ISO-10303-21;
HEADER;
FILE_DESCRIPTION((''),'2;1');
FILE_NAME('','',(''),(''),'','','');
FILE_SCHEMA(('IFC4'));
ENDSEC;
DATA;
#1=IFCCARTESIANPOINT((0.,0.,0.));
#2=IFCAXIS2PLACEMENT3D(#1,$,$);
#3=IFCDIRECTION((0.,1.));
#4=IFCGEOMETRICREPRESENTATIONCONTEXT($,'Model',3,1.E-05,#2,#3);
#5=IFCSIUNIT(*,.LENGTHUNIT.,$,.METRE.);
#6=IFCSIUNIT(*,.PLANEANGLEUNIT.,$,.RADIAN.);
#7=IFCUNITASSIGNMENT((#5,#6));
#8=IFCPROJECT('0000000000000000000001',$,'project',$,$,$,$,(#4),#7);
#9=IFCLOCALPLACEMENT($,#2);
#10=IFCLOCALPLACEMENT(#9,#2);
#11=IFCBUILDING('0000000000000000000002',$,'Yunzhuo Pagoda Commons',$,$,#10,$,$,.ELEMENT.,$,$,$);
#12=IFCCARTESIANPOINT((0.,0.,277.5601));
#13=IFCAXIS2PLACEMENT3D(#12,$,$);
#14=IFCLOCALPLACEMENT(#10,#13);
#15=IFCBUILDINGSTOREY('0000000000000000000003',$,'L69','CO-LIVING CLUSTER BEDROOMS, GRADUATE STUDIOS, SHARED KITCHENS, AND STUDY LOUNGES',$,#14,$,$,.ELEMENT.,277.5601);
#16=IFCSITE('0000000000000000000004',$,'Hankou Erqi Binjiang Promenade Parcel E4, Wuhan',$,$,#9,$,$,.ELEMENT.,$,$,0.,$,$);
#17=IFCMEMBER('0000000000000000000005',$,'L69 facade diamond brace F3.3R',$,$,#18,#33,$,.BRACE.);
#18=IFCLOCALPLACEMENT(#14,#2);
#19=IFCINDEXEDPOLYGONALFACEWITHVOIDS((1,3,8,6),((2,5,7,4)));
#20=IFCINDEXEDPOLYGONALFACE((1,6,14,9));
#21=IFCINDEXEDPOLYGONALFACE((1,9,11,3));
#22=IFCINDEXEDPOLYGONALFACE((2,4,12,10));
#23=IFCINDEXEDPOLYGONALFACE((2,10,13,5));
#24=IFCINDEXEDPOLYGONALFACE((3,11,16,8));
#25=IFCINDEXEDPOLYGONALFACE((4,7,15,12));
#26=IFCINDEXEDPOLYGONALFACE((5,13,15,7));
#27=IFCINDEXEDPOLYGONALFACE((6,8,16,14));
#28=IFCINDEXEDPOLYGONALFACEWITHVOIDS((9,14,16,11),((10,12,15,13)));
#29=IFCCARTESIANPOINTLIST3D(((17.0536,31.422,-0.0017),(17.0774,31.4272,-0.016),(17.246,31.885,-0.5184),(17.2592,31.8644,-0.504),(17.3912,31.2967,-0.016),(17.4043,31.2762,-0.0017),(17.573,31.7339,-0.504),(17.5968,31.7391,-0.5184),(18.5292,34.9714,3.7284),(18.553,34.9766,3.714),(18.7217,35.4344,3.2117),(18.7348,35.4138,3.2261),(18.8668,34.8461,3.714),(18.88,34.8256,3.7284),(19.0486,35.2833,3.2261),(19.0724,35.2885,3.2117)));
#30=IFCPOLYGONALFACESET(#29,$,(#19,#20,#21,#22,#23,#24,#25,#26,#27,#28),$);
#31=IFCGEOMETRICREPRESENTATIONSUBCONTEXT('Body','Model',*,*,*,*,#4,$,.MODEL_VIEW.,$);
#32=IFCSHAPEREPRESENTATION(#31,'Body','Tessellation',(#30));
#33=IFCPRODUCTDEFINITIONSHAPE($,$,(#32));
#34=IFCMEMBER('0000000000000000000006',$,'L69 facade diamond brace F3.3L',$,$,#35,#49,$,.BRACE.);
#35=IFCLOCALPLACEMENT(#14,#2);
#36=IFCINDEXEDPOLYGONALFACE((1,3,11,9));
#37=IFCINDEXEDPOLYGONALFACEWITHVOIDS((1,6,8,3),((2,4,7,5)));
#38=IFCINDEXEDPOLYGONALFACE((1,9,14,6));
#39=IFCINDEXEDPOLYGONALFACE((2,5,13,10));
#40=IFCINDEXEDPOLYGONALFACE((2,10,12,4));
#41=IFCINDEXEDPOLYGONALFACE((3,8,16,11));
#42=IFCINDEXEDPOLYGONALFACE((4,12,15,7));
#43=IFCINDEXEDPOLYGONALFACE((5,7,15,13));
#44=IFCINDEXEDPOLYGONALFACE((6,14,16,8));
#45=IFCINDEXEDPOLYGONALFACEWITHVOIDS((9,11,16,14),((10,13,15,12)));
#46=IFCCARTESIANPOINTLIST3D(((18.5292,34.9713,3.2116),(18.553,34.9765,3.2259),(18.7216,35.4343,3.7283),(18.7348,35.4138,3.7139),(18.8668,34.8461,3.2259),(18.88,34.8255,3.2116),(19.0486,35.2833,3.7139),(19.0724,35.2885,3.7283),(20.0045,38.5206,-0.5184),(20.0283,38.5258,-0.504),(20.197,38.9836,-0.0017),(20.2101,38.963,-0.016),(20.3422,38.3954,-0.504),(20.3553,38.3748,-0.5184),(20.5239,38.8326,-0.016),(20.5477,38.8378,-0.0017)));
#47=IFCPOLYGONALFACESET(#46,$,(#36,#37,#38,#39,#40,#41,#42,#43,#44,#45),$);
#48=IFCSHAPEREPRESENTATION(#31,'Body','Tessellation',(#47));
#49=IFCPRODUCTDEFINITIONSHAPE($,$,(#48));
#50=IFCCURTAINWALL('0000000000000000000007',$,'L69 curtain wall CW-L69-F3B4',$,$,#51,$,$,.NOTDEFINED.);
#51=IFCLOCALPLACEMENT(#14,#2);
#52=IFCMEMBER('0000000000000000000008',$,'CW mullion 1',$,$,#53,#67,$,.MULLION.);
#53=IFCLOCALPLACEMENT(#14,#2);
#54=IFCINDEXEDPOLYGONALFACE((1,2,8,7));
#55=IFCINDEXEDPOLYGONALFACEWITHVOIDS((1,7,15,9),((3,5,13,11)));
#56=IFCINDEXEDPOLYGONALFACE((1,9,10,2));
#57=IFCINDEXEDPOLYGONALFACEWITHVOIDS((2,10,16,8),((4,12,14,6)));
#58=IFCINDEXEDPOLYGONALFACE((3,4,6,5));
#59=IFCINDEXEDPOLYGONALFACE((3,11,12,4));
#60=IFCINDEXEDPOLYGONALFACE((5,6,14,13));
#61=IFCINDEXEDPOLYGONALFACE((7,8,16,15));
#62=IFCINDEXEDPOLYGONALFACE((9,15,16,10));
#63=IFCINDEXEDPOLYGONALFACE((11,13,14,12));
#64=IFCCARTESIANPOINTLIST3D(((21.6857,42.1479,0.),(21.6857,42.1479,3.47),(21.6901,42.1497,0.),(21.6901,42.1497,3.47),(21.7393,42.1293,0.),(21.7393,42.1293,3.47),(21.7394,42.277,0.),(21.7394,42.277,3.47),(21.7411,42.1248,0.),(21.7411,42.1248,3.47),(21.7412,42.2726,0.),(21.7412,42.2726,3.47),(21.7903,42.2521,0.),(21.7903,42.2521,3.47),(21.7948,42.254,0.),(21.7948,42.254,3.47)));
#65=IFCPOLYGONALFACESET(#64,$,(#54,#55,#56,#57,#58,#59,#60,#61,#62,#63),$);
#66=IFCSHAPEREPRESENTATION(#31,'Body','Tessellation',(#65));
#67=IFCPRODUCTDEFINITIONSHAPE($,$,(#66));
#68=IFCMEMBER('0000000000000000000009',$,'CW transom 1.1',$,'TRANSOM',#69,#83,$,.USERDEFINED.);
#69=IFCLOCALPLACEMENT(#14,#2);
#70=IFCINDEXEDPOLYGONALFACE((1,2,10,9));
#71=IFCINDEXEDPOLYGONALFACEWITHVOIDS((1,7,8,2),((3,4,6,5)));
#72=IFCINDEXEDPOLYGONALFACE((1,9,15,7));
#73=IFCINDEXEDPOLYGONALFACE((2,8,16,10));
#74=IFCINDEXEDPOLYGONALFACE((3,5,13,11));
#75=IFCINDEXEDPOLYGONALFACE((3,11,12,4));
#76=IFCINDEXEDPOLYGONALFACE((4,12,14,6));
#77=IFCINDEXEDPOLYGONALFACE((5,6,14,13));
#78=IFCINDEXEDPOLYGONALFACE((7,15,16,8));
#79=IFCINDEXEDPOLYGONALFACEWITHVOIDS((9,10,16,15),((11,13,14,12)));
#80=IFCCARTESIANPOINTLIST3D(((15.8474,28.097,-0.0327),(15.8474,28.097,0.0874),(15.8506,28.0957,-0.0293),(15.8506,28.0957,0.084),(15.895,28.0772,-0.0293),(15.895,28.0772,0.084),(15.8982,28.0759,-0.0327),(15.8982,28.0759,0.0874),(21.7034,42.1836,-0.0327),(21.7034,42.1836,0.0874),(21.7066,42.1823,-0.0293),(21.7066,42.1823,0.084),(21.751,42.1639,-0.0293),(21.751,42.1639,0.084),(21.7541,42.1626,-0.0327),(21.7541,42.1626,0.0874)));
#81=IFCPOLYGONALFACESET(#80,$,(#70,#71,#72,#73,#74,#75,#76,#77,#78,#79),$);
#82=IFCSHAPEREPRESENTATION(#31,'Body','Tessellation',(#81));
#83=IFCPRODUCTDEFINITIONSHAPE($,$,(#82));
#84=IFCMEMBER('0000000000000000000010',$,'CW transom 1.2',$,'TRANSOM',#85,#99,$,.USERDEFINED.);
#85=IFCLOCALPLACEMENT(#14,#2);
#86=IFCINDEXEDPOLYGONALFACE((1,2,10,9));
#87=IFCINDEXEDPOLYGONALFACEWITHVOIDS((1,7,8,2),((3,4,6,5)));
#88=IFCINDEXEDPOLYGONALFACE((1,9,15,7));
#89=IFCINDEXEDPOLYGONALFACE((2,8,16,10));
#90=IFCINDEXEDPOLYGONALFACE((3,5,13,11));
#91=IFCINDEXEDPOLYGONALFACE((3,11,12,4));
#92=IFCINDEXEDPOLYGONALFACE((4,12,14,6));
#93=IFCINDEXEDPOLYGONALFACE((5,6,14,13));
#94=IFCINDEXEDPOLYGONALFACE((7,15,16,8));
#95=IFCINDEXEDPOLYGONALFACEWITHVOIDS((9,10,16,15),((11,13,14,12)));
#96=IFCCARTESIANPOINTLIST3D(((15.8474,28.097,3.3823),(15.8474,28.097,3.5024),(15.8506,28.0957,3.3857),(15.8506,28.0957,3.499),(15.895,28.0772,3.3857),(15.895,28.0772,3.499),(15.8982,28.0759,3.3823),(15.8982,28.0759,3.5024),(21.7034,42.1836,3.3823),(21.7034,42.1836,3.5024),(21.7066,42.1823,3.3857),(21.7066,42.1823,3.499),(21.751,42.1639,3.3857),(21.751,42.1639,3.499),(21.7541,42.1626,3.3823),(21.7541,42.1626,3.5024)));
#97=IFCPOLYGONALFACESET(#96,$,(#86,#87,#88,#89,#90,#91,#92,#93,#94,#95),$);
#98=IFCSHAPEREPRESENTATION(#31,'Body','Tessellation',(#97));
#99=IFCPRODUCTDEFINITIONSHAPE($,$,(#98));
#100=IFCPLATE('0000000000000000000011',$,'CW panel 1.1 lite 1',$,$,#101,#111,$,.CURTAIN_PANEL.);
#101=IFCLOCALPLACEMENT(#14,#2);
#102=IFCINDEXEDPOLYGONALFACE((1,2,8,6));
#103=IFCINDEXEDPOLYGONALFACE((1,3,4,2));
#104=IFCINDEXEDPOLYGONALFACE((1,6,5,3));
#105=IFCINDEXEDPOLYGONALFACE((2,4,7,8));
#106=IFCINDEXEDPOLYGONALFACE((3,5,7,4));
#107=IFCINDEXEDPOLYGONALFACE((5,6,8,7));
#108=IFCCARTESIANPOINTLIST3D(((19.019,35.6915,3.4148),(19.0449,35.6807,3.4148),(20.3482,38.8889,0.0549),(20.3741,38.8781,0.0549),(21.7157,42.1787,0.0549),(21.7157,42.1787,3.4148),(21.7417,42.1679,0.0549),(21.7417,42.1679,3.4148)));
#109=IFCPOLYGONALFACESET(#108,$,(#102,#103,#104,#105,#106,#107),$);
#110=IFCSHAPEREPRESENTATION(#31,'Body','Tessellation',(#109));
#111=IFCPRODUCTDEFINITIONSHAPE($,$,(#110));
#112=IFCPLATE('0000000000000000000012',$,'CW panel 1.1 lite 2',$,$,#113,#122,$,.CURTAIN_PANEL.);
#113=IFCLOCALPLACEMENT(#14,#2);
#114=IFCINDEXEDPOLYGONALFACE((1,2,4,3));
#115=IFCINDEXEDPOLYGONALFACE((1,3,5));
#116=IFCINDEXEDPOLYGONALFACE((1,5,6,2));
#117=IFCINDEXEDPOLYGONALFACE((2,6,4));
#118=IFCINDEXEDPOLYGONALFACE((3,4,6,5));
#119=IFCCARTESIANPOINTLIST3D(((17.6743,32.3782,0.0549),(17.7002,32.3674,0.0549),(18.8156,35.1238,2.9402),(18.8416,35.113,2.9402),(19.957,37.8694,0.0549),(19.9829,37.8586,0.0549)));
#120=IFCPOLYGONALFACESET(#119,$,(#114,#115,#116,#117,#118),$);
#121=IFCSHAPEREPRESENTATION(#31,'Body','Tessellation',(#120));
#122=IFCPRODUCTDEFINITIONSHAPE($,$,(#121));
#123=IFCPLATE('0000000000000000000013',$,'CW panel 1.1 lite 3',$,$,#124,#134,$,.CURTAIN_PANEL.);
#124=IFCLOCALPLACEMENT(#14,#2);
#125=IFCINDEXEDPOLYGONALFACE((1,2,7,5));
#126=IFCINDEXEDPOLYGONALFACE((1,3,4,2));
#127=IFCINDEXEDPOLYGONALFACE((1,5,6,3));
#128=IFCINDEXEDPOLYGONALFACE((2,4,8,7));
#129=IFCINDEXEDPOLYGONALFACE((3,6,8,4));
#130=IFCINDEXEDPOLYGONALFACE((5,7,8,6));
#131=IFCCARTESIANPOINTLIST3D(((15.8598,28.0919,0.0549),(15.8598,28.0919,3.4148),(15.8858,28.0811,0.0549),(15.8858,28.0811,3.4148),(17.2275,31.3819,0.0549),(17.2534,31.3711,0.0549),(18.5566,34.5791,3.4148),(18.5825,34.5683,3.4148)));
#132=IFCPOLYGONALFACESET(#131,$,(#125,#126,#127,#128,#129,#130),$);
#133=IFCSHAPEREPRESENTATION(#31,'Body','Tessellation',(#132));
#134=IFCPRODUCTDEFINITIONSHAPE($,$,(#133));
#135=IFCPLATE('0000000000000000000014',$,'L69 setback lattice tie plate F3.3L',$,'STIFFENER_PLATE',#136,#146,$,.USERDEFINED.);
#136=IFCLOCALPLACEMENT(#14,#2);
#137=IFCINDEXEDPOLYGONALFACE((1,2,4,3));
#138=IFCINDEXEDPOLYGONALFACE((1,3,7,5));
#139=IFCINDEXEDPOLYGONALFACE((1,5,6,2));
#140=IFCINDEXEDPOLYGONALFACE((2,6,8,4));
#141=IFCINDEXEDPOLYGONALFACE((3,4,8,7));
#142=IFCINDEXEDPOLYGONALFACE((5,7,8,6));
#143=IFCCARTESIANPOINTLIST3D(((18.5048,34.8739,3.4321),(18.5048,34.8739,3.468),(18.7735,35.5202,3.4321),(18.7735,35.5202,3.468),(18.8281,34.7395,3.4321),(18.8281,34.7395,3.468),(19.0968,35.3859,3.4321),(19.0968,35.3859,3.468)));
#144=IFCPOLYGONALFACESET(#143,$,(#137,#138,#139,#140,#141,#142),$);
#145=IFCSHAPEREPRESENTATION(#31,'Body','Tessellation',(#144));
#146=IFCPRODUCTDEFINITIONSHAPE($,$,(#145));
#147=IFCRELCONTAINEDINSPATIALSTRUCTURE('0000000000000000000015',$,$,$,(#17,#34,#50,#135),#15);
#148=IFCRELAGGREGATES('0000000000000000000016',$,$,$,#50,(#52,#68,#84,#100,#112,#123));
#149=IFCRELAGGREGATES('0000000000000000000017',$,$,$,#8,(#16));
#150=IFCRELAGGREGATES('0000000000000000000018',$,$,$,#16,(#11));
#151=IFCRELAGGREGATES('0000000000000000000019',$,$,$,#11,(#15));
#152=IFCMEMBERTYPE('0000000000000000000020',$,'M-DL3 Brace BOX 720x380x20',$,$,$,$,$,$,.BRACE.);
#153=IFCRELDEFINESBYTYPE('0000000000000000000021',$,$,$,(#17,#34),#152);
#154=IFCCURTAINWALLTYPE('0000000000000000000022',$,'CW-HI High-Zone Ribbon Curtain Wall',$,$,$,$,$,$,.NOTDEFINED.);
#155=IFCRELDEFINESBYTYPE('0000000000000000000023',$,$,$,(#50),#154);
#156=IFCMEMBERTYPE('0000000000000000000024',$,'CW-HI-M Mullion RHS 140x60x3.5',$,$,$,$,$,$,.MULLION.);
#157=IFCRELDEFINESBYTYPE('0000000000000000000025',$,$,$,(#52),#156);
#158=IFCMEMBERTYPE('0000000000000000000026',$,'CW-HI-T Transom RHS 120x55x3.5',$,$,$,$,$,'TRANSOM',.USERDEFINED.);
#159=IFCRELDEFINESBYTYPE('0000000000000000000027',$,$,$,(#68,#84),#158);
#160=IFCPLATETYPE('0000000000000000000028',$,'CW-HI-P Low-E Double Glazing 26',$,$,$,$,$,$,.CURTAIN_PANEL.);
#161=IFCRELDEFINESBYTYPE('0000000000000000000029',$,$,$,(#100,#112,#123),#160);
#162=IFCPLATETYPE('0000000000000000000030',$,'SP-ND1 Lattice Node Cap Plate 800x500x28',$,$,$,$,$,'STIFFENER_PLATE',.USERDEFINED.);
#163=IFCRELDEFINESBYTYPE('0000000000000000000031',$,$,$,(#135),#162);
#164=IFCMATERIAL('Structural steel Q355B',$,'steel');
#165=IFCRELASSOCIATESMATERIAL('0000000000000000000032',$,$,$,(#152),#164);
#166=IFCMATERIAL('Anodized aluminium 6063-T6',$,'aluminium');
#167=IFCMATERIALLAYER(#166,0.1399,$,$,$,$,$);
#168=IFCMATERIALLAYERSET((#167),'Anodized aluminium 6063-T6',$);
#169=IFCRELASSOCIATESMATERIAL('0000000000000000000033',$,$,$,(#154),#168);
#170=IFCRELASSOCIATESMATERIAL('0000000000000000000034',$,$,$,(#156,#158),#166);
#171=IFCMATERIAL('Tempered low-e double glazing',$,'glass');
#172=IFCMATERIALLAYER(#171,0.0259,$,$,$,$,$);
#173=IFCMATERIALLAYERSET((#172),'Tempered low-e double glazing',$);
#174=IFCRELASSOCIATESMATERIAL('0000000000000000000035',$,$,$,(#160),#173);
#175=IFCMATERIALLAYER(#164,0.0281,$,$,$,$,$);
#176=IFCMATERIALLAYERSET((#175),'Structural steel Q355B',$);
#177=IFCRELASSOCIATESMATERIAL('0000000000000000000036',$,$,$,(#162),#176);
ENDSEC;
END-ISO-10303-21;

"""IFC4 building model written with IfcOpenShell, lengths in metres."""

from ifc_helpers import new_model, si_unit, direction, frame, origin, origin_2d, place, context, subcontext, project, spatial, polyline, rectangle, hollow_rectangle, outline, extrude, source, transform, mapped, material, layer, layer_set, material_profile, profile_set, type_object, element, aggregate, save


model = new_model("IFC4")

# Units and contexts
model_context = context("Model", 3, precision=1e-05, world=origin(), true_north=direction((0.0, 1.0)))
body_context = subcontext(model_context, "Body", "Model", "MODEL_VIEW")
ifc_project = project(units=[si_unit("LENGTHUNIT", "METRE"), si_unit("PLANEANGLEUNIT", "RADIAN")], contexts=[model_context])

# Site, building, storey
site_placement = place(None, origin())
site = spatial("IfcSite", under=ifc_project, at=site_placement, Name="Hankou Erqi Binjiang Promenade Parcel E4, Wuhan", CompositionType="ELEMENT", RefElevation=0.0)
building_placement = place(site_placement, origin())
building = spatial("IfcBuilding", under=site, at=building_placement, Name="Yunzhuo Pagoda Commons", CompositionType="ELEMENT")
storey_placement = place(building_placement, frame((0.0, 0.0, 277.5601)))
storey = spatial("IfcBuildingStorey", under=building, at=storey_placement, Name="L69", Description="CO-LIVING CLUSTER BEDROOMS, GRADUATE STUDIOS, SHARED KITCHENS, AND STUDY LOUNGES", CompositionType="ELEMENT", Elevation=277.5601)

# Shared definitions
ifc_material_1 = material(Name="Structural steel Q355B", Category="steel")

# Members
ifc_material_profile_1 = material_profile(ifc_material_1, hollow_rectangle(XDim=0.3799, YDim=0.72, WallThickness=0.02, at=origin_2d()), Name="Structural steel Q355B")
ifc_profile_set_1 = profile_set([ifc_material_profile_1], Name="Structural steel Q355B")
member_type_1 = type_object("IfcMemberType", Name="M-DL3 Brace BOX 720x380x20", PredefinedType="BRACE", material=ifc_profile_set_1)
shared_shape_1 = source(origin(), body_context, "Body", "SweptSolid", [
    extrude(hollow_rectangle(XDim=0.3799, YDim=0.72, WallThickness=0.02, at=origin_2d()), origin(), (0.0, 0.0, 1.0), 5.3562),
])
member_1_placement = place(storey_placement, frame((17.3252, 31.5806, -0.26), z_axis=(0.275497, 0.662669, 0.696399), x_axis=(-0.923381, 0.383885, 0.0)))
element("IfcMember", 1, at=member_1_placement, inside=storey, type_object=member_type_1, Name="L69 facade diamond brace F3.3R", PredefinedType="BRACE", context=body_context, shape_type="MappedRepresentation", body=[
    mapped(shared_shape_1, transform((0.0, 0.0, 0.0), scale=1.0)),
])
shared_shape_2 = source(origin(), body_context, "Body", "SweptSolid", [
    extrude(hollow_rectangle(XDim=0.3799, YDim=0.72, WallThickness=0.02, at=origin_2d()), origin(), (0.0, 0.0, 1.0), 5.356),
])
member_2_placement = place(storey_placement, frame((20.2761, 38.6792, -0.26), z_axis=(-0.275454, -0.662677, 0.696408), x_axis=(0.923404, -0.38383, 0.0)))
element("IfcMember", 2, at=member_2_placement, inside=storey, type_object=member_type_1, Name="L69 facade diamond brace F3.3L", PredefinedType="BRACE", context=body_context, shape_type="MappedRepresentation", body=[
    mapped(shared_shape_2, transform((0.0, 0.0, 0.0), scale=1.0)),
])

# Curtain wall, members, plates
ifc_material_2 = material(Name="Anodized aluminium 6063-T6", Category="aluminium")
ifc_layer_1 = layer(ifc_material_2, 0.1399)
ifc_layer_set_1 = layer_set([ifc_layer_1], Name="Anodized aluminium 6063-T6")
curtain_wall_type = type_object("IfcCurtainWallType", Name="CW-HI High-Zone Ribbon Curtain Wall", PredefinedType="NOTDEFINED", material=ifc_layer_set_1)
curtain_wall_placement = place(storey_placement, origin())
curtain_wall = element("IfcCurtainWall", 3, at=curtain_wall_placement, inside=storey, type_object=curtain_wall_type, Name="L69 curtain wall CW-L69-F3B4", PredefinedType="NOTDEFINED")
ifc_material_profile_2 = material_profile(ifc_material_2, hollow_rectangle(XDim=0.0601, YDim=0.1399, WallThickness=0.0034, at=origin_2d()), Name="Anodized aluminium 6063-T6")
ifc_profile_set_2 = profile_set([ifc_material_profile_2], Name="Anodized aluminium 6063-T6")
member_type_2 = type_object("IfcMemberType", Name="CW-HI-M Mullion RHS 140x60x3.5", PredefinedType="MULLION", material=ifc_profile_set_2)
shared_shape_3 = source(origin(), body_context, "Body", "SweptSolid", [
    extrude(hollow_rectangle(XDim=0.0601, YDim=0.1399, WallThickness=0.0034, at=origin_2d()), origin(), (0.0, 0.0, 1.0), 3.47),
])
member_3_placement = place(storey_placement, frame((21.7402, 42.2009, 0.0), z_axis=(0.0, 0.0, 1.0), x_axis=(0.923394, -0.383855, 0.0)))
member_3 = element("IfcMember", 4, at=member_3_placement, type_object=member_type_2, Name="CW mullion 1", PredefinedType="MULLION", context=body_context, shape_type="MappedRepresentation", body=[
    mapped(shared_shape_3, transform((0.0, 0.0, 0.0), scale=1.0)),
])
ifc_material_profile_3 = material_profile(ifc_material_2, hollow_rectangle(XDim=0.0549, YDim=0.1201, WallThickness=0.0034, at=origin_2d()), Name="Anodized aluminium 6063-T6")
ifc_profile_set_3 = profile_set([ifc_material_profile_3], Name="Anodized aluminium 6063-T6")
member_type_3 = type_object("IfcMemberType", Name="CW-HI-T Transom RHS 120x55x3.5", ElementType="TRANSOM", PredefinedType="USERDEFINED", material=ifc_profile_set_3)
shared_shape_4 = source(origin(), body_context, "Body", "SweptSolid", [
    extrude(hollow_rectangle(XDim=0.0549, YDim=0.1201, WallThickness=0.0034, at=origin_2d()), origin(), (0.0, 0.0, 1.0), 15.2554),
])
member_4_placement = place(storey_placement, frame((21.7288, 42.1731, 0.0273), z_axis=(-0.383862, -0.923391, 0.0), x_axis=(0.923391, -0.383862, 0.0)))
member_4 = element("IfcMember", 5, at=member_4_placement, type_object=member_type_3, Name="CW transom 1.1", ObjectType="TRANSOM", PredefinedType="USERDEFINED", context=body_context, shape_type="MappedRepresentation", body=[
    mapped(shared_shape_4, transform((0.0, 0.0, 0.0), scale=1.0)),
])
member_5_placement = place(storey_placement, frame((21.7288, 42.1731, 3.4424), z_axis=(-0.383862, -0.923391, 0.0), x_axis=(0.923391, -0.383862, 0.0)))
member_5 = element("IfcMember", 6, at=member_5_placement, type_object=member_type_3, Name="CW transom 1.2", ObjectType="TRANSOM", PredefinedType="USERDEFINED", context=body_context, shape_type="MappedRepresentation", body=[
    mapped(shared_shape_4, transform((0.0, 0.0, 0.0), scale=1.0)),
])
ifc_material_3 = material(Name="Tempered low-e double glazing", Category="glass")
ifc_layer_2 = layer(ifc_material_3, 0.0259)
ifc_layer_set_2 = layer_set([ifc_layer_2], Name="Tempered low-e double glazing")
plate_type_1 = type_object("IfcPlateType", Name="CW-HI-P Low-E Double Glazing 26", PredefinedType="CURTAIN_PANEL", material=ifc_layer_set_2)
plate_1_placement = place(storey_placement, frame((20.3933, 38.9243, 1.7349), z_axis=(-0.923394, 0.383855, 0.0), x_axis=(-0.383855, -0.923394, 0.0)))
plate_1 = element("IfcPlate", 7, at=plate_1_placement, type_object=plate_type_1, Name="CW panel 1.1 lite 1", PredefinedType="CURTAIN_PANEL", context=body_context, shape_type="SweptSolid", body=[
    extrude(outline(polyline([(-3.5127, -1.6799), (0.05, -1.6799), (3.5127, 1.6799), (-3.5127, 1.6799), (-3.5127, -1.6799)])), origin(), (0.0, 0.0, 1.0), 0.0281),
])
plate_2_placement = place(storey_placement, frame((18.8416, 35.113, 1.4976), z_axis=(-0.923394, 0.383855, 0.0), x_axis=(-0.383855, -0.923394, 0.0)))
plate_2 = element("IfcPlate", 8, at=plate_2_placement, type_object=plate_type_1, Name="CW panel 1.1 lite 2", PredefinedType="CURTAIN_PANEL", context=body_context, shape_type="SweptSolid", body=[
    extrude(outline(polyline([(-2.9734, -1.4426), (2.9734, -1.4426), (0.0, 1.4426), (-2.9734, -1.4426)])), origin(), (0.0, 0.0, 1.0), 0.0281),
])
plate_3_placement = place(storey_placement, frame((17.2341, 31.3247, 1.7349), z_axis=(-0.923394, 0.383855, 0.0), x_axis=(-0.383855, -0.923394, 0.0)))
plate_3 = element("IfcPlate", 9, at=plate_3_placement, type_object=plate_type_1, Name="CW panel 1.1 lite 3", PredefinedType="CURTAIN_PANEL", context=body_context, shape_type="SweptSolid", body=[
    extrude(outline(polyline([(-3.5127, 1.6799), (-0.0503, -1.6799), (3.5127, -1.6799), (3.5127, 1.6799), (-3.5127, 1.6799)])), origin(), (0.0, 0.0, 1.0), 0.0281),
])
aggregate(curtain_wall, [member_3, member_4, member_5, plate_1, plate_2, plate_3])

# Plate
ifc_layer_3 = layer(ifc_material_1, 0.0281)
ifc_layer_set_3 = layer_set([ifc_layer_3], Name="Structural steel Q355B")
plate_type_2 = type_object("IfcPlateType", Name="SP-ND1 Lattice Node Cap Plate 800x500x28", ElementType="STIFFENER_PLATE", PredefinedType="USERDEFINED", material=ifc_layer_set_3)
shared_shape_5 = source(origin(), body_context, "Body", "SweptSolid", [
    extrude(rectangle(XDim=0.7, YDim=0.3501, at=origin_2d()), origin(), (0.0, 0.0, 1.0), 0.0359),
])
plate_4_placement = place(storey_placement, frame((18.8008, 35.1299, 3.4321), z_axis=(0.0, 0.0, 1.0), x_axis=(-0.38386, -0.923391, 0.0)))
element("IfcPlate", 10, at=plate_4_placement, inside=storey, type_object=plate_type_2, Name="L69 setback lattice tie plate F3.3L", ObjectType="STIFFENER_PLATE", PredefinedType="USERDEFINED", context=body_context, shape_type="MappedRepresentation", body=[
    mapped(shared_shape_5, transform((0.0, 0.0, 0.0), scale=1.0)),
])

save(model, "model.ifc")
